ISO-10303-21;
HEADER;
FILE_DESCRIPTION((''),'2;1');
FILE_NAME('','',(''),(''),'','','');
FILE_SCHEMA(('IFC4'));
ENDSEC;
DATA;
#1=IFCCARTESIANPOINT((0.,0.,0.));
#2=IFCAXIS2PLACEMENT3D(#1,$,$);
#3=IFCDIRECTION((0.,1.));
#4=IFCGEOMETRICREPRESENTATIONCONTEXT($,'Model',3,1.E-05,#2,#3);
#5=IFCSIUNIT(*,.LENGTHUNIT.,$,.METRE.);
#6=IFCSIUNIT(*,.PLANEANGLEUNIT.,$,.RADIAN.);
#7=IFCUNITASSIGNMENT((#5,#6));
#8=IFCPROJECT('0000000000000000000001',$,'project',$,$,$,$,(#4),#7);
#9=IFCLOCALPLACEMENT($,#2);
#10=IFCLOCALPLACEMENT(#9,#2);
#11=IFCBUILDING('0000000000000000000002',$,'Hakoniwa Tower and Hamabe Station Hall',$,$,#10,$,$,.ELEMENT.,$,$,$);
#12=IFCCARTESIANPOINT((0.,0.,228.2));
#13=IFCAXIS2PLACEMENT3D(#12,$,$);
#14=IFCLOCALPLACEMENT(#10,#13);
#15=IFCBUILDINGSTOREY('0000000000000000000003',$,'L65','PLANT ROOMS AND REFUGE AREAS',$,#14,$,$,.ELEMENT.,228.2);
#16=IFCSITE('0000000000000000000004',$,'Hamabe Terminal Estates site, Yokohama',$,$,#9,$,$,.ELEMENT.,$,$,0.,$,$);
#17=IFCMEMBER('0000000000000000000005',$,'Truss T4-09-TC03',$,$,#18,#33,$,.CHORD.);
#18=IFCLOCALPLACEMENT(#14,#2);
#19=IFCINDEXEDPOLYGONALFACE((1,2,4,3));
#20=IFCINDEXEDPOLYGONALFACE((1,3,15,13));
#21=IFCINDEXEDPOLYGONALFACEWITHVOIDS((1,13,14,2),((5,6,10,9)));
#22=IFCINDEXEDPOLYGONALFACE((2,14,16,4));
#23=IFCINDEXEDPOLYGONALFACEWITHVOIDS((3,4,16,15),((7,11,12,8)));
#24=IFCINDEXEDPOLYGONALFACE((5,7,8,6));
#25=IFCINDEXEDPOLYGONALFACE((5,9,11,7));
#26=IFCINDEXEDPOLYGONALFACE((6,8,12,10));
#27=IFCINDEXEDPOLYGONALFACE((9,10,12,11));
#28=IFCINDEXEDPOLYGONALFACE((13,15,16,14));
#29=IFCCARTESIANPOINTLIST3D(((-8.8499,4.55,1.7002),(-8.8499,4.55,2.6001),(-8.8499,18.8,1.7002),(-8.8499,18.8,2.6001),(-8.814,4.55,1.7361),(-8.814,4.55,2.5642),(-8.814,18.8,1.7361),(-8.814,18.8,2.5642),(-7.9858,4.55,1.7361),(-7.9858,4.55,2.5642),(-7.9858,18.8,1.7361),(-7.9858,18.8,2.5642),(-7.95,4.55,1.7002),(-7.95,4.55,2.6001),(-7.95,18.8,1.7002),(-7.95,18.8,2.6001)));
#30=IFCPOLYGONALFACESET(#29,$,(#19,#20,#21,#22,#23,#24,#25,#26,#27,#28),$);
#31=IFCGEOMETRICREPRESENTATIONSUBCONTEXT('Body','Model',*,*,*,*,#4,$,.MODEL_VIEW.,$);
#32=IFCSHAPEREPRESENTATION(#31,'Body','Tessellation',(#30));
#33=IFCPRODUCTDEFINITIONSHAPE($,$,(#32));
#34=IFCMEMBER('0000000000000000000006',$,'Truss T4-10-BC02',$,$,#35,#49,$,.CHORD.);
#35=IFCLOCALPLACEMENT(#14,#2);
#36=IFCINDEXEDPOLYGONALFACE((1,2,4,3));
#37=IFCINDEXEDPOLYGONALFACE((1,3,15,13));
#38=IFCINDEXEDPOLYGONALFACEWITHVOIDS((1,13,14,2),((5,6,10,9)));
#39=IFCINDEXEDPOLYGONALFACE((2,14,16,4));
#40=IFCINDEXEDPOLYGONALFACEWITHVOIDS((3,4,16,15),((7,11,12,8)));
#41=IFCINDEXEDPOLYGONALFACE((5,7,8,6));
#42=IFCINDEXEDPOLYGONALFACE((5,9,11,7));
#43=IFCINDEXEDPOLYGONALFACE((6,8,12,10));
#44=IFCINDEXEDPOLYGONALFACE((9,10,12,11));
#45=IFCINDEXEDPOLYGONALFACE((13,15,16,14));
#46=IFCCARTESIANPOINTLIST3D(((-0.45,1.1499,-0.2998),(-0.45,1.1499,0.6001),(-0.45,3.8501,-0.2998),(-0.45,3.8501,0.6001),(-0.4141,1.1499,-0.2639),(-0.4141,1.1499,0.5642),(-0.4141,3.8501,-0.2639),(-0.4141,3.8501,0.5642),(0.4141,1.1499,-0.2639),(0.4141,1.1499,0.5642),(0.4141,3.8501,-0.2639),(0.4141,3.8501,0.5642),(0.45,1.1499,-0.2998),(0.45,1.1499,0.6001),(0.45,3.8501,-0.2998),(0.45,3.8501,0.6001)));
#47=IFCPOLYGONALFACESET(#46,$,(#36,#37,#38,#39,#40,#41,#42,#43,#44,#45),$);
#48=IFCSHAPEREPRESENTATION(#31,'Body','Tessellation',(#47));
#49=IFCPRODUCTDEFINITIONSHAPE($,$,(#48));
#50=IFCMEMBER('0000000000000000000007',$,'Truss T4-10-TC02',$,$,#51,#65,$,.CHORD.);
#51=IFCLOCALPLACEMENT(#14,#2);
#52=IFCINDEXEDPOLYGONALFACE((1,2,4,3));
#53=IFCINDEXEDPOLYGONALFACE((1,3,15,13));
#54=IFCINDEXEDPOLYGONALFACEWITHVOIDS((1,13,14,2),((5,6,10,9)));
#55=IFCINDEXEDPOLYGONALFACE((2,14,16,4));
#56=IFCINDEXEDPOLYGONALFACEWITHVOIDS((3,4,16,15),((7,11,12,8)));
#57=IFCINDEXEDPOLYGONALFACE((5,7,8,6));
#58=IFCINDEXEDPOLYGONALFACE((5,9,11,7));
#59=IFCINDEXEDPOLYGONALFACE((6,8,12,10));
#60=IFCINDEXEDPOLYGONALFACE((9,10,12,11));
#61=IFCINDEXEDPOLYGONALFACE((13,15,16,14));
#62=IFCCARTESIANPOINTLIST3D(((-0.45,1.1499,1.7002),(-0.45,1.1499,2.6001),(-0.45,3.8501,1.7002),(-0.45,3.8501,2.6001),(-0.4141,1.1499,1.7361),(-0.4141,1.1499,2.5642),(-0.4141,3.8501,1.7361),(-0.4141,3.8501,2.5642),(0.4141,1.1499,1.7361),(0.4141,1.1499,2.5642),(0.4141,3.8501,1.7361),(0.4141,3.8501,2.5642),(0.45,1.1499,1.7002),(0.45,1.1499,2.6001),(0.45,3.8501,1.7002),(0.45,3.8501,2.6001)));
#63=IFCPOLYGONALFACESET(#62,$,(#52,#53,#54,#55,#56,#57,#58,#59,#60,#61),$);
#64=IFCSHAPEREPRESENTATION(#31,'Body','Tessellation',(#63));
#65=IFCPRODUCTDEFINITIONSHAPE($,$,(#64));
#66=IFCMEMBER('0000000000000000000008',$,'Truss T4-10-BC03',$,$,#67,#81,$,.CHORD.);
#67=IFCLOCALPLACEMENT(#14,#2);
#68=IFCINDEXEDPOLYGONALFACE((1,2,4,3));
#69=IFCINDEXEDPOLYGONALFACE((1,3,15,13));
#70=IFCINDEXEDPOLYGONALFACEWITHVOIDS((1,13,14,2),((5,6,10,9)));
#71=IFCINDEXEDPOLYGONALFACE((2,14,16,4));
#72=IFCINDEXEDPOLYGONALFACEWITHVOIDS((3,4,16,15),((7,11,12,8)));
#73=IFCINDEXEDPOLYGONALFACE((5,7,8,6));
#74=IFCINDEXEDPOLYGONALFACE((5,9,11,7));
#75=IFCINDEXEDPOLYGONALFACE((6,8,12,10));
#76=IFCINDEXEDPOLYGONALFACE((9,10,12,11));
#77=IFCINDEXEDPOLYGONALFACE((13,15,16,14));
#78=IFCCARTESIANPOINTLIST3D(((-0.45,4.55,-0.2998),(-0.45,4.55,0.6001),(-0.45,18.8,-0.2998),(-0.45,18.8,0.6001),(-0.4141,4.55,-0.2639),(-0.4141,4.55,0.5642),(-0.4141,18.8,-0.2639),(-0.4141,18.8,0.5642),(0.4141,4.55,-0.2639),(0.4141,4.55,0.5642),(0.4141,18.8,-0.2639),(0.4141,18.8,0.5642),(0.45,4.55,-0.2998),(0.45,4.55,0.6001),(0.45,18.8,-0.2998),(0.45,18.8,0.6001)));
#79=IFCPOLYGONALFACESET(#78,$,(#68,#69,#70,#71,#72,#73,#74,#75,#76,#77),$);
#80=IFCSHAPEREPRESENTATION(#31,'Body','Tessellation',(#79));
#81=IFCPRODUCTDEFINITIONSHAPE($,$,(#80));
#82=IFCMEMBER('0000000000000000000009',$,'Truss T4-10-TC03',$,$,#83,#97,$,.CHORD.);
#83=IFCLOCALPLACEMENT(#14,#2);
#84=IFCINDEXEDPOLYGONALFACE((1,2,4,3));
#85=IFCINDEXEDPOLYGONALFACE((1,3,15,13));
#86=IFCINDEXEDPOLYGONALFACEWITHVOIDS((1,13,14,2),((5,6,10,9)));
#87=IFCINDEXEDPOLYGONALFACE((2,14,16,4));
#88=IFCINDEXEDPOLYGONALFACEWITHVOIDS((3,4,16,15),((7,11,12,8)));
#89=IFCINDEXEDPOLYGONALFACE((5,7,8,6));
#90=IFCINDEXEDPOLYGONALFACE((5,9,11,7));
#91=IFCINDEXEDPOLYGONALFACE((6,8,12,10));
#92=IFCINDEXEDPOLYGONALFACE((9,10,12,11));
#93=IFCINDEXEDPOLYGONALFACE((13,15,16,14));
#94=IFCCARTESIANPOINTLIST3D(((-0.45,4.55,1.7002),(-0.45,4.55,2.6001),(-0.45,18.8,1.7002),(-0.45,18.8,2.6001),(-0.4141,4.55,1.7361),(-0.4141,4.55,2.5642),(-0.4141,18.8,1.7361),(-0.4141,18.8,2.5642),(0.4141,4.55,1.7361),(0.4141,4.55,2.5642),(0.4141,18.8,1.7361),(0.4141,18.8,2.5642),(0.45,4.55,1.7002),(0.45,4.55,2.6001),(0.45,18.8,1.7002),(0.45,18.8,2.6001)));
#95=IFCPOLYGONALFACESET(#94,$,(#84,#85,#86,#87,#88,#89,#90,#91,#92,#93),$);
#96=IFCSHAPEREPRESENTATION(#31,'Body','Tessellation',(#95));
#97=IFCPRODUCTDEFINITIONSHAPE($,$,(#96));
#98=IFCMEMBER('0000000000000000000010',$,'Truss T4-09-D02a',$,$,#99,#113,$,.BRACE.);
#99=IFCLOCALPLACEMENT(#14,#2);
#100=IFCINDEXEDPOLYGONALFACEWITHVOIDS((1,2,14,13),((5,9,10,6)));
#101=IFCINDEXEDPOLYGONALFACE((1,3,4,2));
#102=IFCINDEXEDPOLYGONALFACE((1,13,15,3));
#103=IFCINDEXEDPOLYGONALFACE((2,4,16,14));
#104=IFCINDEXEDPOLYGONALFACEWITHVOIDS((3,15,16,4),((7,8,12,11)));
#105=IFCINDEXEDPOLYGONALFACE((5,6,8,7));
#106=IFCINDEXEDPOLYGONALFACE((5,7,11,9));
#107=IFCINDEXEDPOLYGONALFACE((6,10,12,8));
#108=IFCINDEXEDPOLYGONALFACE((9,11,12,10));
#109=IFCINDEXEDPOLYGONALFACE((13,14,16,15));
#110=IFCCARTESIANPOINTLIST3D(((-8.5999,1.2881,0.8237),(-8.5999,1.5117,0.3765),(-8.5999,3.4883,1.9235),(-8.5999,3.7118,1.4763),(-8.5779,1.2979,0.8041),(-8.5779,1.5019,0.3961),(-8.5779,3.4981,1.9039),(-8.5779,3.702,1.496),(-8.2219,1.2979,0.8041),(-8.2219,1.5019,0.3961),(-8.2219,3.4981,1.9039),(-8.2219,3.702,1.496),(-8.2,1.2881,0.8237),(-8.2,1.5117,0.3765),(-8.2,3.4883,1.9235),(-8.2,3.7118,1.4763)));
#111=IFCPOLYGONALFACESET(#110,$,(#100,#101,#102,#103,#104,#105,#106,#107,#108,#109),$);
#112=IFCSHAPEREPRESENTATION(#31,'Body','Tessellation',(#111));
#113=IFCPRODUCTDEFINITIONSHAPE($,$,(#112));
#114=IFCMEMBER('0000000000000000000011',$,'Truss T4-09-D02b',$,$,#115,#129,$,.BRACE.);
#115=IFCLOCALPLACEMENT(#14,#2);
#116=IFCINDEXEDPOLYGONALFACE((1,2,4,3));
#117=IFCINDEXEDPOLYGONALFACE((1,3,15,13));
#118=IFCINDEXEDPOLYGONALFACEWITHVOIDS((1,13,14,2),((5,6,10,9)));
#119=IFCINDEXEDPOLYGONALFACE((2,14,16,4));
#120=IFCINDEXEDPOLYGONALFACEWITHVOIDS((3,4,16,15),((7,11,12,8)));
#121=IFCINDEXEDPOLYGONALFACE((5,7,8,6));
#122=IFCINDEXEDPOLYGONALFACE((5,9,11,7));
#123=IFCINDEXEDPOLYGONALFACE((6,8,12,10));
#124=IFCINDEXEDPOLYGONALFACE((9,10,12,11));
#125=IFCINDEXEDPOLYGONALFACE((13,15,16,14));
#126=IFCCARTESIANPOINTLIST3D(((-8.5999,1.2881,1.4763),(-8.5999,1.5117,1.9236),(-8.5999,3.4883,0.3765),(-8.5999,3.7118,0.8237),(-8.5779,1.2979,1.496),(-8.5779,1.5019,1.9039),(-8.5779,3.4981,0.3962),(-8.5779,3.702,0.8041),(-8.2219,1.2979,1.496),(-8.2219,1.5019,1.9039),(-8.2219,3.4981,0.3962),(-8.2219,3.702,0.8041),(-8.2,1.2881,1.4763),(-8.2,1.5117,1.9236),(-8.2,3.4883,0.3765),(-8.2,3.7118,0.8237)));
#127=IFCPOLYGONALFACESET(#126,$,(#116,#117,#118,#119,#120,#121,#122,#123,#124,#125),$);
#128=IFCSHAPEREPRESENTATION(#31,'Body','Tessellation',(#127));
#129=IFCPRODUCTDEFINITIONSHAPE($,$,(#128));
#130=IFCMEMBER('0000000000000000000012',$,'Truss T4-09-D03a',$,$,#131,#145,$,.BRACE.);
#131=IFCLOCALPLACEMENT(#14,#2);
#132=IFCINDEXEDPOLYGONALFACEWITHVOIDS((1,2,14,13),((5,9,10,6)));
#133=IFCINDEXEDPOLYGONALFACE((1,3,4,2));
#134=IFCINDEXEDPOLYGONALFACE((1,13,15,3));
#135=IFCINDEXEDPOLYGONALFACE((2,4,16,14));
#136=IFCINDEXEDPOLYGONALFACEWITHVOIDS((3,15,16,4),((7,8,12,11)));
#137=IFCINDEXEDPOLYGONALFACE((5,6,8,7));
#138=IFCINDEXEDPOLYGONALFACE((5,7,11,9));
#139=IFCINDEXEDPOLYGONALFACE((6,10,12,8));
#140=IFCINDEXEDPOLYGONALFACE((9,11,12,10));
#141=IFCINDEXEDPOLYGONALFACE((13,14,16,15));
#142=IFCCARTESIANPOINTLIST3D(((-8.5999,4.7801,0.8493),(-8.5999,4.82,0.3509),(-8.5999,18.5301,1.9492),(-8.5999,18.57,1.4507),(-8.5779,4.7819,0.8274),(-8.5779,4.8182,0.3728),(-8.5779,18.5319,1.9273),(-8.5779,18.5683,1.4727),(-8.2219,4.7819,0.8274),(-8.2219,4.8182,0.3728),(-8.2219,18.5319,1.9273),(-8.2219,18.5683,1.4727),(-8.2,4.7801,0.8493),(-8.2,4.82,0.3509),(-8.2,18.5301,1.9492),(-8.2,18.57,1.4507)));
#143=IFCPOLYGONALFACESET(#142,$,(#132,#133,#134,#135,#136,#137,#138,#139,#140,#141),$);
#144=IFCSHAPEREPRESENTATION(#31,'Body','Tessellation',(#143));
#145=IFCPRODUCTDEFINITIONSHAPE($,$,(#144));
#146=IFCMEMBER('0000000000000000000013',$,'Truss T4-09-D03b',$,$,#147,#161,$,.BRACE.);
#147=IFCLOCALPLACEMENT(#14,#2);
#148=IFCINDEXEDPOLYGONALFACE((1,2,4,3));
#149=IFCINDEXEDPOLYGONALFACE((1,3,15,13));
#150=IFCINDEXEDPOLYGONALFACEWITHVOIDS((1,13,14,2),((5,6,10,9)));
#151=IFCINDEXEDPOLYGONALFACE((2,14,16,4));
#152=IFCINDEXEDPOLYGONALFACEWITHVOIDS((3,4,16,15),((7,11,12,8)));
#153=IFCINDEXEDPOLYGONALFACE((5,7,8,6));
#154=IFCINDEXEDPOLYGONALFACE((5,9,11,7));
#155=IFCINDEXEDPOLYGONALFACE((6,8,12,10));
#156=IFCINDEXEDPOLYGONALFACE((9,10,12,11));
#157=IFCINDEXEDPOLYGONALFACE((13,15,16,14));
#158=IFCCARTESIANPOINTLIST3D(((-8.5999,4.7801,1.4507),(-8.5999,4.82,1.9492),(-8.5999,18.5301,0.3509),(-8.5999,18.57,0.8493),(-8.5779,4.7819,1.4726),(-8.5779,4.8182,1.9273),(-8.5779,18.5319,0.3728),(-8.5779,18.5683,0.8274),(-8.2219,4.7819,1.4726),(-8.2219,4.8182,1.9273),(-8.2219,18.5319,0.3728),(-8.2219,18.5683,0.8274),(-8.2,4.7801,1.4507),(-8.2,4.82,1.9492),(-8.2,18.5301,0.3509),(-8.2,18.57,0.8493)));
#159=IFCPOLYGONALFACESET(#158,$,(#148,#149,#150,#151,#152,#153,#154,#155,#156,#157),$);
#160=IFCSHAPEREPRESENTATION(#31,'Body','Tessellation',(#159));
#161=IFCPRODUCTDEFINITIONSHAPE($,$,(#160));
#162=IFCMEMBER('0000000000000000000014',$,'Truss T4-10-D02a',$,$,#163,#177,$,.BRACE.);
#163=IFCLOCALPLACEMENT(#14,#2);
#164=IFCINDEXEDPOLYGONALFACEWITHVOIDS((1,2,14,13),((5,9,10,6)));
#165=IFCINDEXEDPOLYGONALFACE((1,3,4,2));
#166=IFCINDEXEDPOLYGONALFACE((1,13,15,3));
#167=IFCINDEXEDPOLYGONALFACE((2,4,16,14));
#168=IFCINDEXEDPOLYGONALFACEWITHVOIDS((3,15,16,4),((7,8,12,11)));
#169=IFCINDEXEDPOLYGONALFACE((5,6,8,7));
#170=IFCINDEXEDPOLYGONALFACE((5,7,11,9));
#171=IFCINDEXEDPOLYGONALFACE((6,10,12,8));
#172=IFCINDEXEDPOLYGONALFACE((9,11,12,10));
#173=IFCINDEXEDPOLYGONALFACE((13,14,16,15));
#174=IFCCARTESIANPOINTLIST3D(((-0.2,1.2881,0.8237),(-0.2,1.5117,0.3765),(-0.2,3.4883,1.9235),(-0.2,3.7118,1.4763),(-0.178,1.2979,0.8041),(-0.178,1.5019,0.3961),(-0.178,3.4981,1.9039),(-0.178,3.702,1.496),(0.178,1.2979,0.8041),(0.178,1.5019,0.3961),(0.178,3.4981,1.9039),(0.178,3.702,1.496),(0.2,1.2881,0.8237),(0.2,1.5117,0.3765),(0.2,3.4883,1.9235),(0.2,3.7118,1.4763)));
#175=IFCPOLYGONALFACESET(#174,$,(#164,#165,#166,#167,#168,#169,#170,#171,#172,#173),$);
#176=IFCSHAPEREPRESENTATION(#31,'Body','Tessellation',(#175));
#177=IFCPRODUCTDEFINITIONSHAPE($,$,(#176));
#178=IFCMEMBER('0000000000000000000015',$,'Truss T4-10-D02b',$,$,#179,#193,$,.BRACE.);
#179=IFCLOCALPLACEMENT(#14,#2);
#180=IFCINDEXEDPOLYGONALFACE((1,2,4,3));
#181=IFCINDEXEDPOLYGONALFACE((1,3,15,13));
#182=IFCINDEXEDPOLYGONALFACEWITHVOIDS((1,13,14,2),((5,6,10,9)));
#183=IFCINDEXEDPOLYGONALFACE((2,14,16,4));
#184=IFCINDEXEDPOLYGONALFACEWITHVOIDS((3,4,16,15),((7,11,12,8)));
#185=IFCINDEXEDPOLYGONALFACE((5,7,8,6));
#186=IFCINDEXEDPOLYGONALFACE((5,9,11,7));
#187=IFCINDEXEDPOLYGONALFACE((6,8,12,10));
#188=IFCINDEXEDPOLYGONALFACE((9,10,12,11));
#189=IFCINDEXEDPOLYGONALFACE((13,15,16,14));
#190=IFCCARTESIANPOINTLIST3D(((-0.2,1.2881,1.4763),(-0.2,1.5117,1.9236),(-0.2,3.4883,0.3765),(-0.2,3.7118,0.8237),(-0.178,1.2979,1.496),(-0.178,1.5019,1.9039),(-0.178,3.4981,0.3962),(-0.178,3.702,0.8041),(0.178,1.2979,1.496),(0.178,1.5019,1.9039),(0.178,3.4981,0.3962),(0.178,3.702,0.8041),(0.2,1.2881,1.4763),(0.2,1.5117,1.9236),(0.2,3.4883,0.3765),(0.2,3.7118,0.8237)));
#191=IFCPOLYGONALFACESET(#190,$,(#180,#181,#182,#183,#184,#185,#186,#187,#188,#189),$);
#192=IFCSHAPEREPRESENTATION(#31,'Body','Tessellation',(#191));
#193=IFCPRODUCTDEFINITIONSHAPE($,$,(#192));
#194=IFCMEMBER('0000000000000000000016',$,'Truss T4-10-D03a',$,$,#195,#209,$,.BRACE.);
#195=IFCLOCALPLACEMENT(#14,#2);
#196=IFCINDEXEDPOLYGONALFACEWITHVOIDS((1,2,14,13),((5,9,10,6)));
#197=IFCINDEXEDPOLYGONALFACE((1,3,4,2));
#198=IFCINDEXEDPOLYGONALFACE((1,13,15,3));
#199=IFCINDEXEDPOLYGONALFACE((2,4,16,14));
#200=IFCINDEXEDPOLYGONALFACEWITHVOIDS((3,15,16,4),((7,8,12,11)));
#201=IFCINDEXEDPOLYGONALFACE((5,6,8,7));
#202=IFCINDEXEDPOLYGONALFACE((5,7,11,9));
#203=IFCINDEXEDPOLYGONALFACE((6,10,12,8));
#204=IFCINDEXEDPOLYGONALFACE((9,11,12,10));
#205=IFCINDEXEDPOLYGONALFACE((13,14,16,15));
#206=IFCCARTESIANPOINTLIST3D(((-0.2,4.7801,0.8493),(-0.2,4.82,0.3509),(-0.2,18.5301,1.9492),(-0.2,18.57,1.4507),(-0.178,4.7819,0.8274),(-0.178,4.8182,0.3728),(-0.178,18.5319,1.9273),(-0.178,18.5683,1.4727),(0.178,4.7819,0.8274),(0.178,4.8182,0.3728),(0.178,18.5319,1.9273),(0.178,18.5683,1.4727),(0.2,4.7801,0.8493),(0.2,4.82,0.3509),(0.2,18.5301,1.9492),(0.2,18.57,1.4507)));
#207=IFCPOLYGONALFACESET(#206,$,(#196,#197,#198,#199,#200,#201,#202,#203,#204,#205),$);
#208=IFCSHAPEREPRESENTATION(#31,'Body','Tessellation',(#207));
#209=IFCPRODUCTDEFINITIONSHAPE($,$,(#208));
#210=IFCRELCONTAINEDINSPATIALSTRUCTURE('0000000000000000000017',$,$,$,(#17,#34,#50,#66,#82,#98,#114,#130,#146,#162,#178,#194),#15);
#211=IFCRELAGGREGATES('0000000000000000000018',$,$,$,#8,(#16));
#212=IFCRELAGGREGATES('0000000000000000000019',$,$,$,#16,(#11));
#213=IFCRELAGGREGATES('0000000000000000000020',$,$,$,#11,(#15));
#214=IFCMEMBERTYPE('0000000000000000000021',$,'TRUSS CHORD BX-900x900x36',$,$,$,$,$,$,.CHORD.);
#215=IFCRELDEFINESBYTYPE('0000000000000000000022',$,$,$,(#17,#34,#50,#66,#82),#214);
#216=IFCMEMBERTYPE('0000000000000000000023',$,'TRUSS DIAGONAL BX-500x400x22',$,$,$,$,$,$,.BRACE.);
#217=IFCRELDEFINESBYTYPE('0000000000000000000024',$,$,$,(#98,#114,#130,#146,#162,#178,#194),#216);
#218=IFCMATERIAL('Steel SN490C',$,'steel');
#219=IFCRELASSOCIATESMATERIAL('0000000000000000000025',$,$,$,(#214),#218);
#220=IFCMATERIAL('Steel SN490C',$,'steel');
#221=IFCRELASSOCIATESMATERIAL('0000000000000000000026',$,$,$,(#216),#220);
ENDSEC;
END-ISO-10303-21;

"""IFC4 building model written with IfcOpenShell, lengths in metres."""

from ifc_helpers import new_model, si_unit, direction, frame, origin, origin_2d, place, context, subcontext, project, spatial, hollow_rectangle, extrude, material, material_profile, profile_set, type_object, element, save


model = new_model("IFC4")

# Units and contexts
model_context = context("Model", 3, precision=1e-05, world=origin(), true_north=direction((0.0, 1.0)))
body_context = subcontext(model_context, "Body", "Model", "MODEL_VIEW")
ifc_project = project(units=[si_unit("LENGTHUNIT", "METRE"), si_unit("PLANEANGLEUNIT", "RADIAN")], contexts=[model_context])

# Site, building, storey
site_placement = place(None, origin())
site = spatial("IfcSite", under=ifc_project, at=site_placement, Name="Hamabe Terminal Estates site, Yokohama", CompositionType="ELEMENT", RefElevation=0.0)
building_placement = place(site_placement, origin())
building = spatial("IfcBuilding", under=site, at=building_placement, Name="Hakoniwa Tower and Hamabe Station Hall", CompositionType="ELEMENT")
storey_placement = place(building_placement, frame((0.0, 0.0, 228.2)))
storey = spatial("IfcBuildingStorey", under=building, at=storey_placement, Name="L65", Description="PLANT ROOMS AND REFUGE AREAS", CompositionType="ELEMENT", Elevation=228.2)

# Members
ifc_material_1 = material(Name="Steel SN490C", Category="steel")
ifc_material_profile_1 = material_profile(ifc_material_1, hollow_rectangle(XDim=0.8999, YDim=0.8999, WallThickness=0.0359, at=origin_2d()), Name="BX-900x900x36")
ifc_profile_set_1 = profile_set([ifc_material_profile_1], Name="Steel SN490C")
member_type_1 = type_object("IfcMemberType", Name="TRUSS CHORD BX-900x900x36", PredefinedType="CHORD", material=ifc_profile_set_1)
for number, where, z_axis, x_axis, name in (
    (1, (-8.3999, 4.55, 2.1501), (0.0, 1.0, 0.0), (-1.0, 0.0, 0.0), "Truss T4-09-TC03"),
):
    element("IfcMember", number, at=place(storey_placement, frame(where, z_axis=z_axis, x_axis=x_axis)), inside=storey, type_object=member_type_1, Name=name, PredefinedType="CHORD", context=body_context, shape_type="SweptSolid", body=[
        extrude(hollow_rectangle(XDim=0.8999, YDim=0.8999, WallThickness=0.0359, at=origin_2d()), origin(), (0.0, 0.0, 1.0), 14.25),
    ])
for number, where, z_axis, x_axis, name in (
    (2, (0.0, 1.1499, 0.1501), (0.0, 1.0, 0.0), (-1.0, 0.0, 0.0), "Truss T4-10-BC02"),
    (3, (0.0, 1.1499, 2.1501), (0.0, 1.0, 0.0), (-1.0, 0.0, 0.0), "Truss T4-10-TC02"),
):
    element("IfcMember", number, at=place(storey_placement, frame(where, z_axis=z_axis, x_axis=x_axis)), inside=storey, type_object=member_type_1, Name=name, PredefinedType="CHORD", context=body_context, shape_type="SweptSolid", body=[
        extrude(hollow_rectangle(XDim=0.8999, YDim=0.8999, WallThickness=0.0359, at=origin_2d()), origin(), (0.0, 0.0, 1.0), 2.7002),
    ])
for number, where, z_axis, x_axis, name in (
    (4, (0.0, 4.55, 0.1501), (0.0, 1.0, 0.0), (-1.0, 0.0, 0.0), "Truss T4-10-BC03"),
    (5, (0.0, 4.55, 2.1501), (0.0, 1.0, 0.0), (-1.0, 0.0, 0.0), "Truss T4-10-TC03"),
):
    element("IfcMember", number, at=place(storey_placement, frame(where, z_axis=z_axis, x_axis=x_axis)), inside=storey, type_object=member_type_1, Name=name, PredefinedType="CHORD", context=body_context, shape_type="SweptSolid", body=[
        extrude(hollow_rectangle(XDim=0.8999, YDim=0.8999, WallThickness=0.0359, at=origin_2d()), origin(), (0.0, 0.0, 1.0), 14.25),
    ])
ifc_material_2 = material(Name="Steel SN490C", Category="steel")
ifc_material_profile_2 = material_profile(ifc_material_2, hollow_rectangle(XDim=0.3999, YDim=0.5, WallThickness=0.022, at=origin_2d()), Name="BX-500x400x22")
ifc_profile_set_2 = profile_set([ifc_material_profile_2], Name="Steel SN490C")
member_type_2 = type_object("IfcMemberType", Name="TRUSS DIAGONAL BX-500x400x22", PredefinedType="BRACE", material=ifc_profile_set_2)
for number, where, z_axis, x_axis, name in (
    (6, (-8.3999, 1.3999, 0.6001), (0.0, 0.894467, 0.447134), (-1.0, 0.0, 0.0), "Truss T4-09-D02a"),
    (7, (-8.3999, 1.3999, 1.7), (0.0, 0.894467, -0.447134), (-1.0, 0.0, 0.0), "Truss T4-09-D02b"),
):
    element("IfcMember", number, at=place(storey_placement, frame(where, z_axis=z_axis, x_axis=x_axis)), inside=storey, type_object=member_type_2, Name=name, PredefinedType="BRACE", context=body_context, shape_type="SweptSolid", body=[
        extrude(hollow_rectangle(XDim=0.3999, YDim=0.5, WallThickness=0.022, at=origin_2d()), origin(), (0.0, 0.0, 1.0), 2.4597),
    ])
for number, where, z_axis, x_axis, name in (
    (8, (-8.3999, 4.8, 0.6001), (0.0, 0.996816, 0.079735), (-1.0, 0.0, 0.0), "Truss T4-09-D03a"),
    (9, (-8.3999, 4.8, 1.7), (0.0, 0.996816, -0.079735), (-1.0, 0.0, 0.0), "Truss T4-09-D03b"),
):
    element("IfcMember", number, at=place(storey_placement, frame(where, z_axis=z_axis, x_axis=x_axis)), inside=storey, type_object=member_type_2, Name=name, PredefinedType="BRACE", context=body_context, shape_type="SweptSolid", body=[
        extrude(hollow_rectangle(XDim=0.3999, YDim=0.5, WallThickness=0.022, at=origin_2d()), origin(), (0.0, 0.0, 1.0), 13.7939),
    ])
for number, where, z_axis, x_axis, name in (
    (10, (0.0, 1.3999, 0.6001), (0.0, 0.894467, 0.447134), (-1.0, 0.0, 0.0), "Truss T4-10-D02a"),
    (11, (0.0, 1.3999, 1.7), (0.0, 0.894467, -0.447134), (-1.0, 0.0, 0.0), "Truss T4-10-D02b"),
):
    element("IfcMember", number, at=place(storey_placement, frame(where, z_axis=z_axis, x_axis=x_axis)), inside=storey, type_object=member_type_2, Name=name, PredefinedType="BRACE", context=body_context, shape_type="SweptSolid", body=[
        extrude(hollow_rectangle(XDim=0.3999, YDim=0.5, WallThickness=0.022, at=origin_2d()), origin(), (0.0, 0.0, 1.0), 2.4597),
    ])
for number, where, z_axis, x_axis, name in (
    (12, (0.0, 4.8, 0.6001), (0.0, 0.996816, 0.079735), (-1.0, 0.0, 0.0), "Truss T4-10-D03a"),
):
    element("IfcMember", number, at=place(storey_placement, frame(where, z_axis=z_axis, x_axis=x_axis)), inside=storey, type_object=member_type_2, Name=name, PredefinedType="BRACE", context=body_context, shape_type="SweptSolid", body=[
        extrude(hollow_rectangle(XDim=0.3999, YDim=0.5, WallThickness=0.022, at=origin_2d()), origin(), (0.0, 0.0, 1.0), 13.7939),
    ])

save(model, "model.ifc")
